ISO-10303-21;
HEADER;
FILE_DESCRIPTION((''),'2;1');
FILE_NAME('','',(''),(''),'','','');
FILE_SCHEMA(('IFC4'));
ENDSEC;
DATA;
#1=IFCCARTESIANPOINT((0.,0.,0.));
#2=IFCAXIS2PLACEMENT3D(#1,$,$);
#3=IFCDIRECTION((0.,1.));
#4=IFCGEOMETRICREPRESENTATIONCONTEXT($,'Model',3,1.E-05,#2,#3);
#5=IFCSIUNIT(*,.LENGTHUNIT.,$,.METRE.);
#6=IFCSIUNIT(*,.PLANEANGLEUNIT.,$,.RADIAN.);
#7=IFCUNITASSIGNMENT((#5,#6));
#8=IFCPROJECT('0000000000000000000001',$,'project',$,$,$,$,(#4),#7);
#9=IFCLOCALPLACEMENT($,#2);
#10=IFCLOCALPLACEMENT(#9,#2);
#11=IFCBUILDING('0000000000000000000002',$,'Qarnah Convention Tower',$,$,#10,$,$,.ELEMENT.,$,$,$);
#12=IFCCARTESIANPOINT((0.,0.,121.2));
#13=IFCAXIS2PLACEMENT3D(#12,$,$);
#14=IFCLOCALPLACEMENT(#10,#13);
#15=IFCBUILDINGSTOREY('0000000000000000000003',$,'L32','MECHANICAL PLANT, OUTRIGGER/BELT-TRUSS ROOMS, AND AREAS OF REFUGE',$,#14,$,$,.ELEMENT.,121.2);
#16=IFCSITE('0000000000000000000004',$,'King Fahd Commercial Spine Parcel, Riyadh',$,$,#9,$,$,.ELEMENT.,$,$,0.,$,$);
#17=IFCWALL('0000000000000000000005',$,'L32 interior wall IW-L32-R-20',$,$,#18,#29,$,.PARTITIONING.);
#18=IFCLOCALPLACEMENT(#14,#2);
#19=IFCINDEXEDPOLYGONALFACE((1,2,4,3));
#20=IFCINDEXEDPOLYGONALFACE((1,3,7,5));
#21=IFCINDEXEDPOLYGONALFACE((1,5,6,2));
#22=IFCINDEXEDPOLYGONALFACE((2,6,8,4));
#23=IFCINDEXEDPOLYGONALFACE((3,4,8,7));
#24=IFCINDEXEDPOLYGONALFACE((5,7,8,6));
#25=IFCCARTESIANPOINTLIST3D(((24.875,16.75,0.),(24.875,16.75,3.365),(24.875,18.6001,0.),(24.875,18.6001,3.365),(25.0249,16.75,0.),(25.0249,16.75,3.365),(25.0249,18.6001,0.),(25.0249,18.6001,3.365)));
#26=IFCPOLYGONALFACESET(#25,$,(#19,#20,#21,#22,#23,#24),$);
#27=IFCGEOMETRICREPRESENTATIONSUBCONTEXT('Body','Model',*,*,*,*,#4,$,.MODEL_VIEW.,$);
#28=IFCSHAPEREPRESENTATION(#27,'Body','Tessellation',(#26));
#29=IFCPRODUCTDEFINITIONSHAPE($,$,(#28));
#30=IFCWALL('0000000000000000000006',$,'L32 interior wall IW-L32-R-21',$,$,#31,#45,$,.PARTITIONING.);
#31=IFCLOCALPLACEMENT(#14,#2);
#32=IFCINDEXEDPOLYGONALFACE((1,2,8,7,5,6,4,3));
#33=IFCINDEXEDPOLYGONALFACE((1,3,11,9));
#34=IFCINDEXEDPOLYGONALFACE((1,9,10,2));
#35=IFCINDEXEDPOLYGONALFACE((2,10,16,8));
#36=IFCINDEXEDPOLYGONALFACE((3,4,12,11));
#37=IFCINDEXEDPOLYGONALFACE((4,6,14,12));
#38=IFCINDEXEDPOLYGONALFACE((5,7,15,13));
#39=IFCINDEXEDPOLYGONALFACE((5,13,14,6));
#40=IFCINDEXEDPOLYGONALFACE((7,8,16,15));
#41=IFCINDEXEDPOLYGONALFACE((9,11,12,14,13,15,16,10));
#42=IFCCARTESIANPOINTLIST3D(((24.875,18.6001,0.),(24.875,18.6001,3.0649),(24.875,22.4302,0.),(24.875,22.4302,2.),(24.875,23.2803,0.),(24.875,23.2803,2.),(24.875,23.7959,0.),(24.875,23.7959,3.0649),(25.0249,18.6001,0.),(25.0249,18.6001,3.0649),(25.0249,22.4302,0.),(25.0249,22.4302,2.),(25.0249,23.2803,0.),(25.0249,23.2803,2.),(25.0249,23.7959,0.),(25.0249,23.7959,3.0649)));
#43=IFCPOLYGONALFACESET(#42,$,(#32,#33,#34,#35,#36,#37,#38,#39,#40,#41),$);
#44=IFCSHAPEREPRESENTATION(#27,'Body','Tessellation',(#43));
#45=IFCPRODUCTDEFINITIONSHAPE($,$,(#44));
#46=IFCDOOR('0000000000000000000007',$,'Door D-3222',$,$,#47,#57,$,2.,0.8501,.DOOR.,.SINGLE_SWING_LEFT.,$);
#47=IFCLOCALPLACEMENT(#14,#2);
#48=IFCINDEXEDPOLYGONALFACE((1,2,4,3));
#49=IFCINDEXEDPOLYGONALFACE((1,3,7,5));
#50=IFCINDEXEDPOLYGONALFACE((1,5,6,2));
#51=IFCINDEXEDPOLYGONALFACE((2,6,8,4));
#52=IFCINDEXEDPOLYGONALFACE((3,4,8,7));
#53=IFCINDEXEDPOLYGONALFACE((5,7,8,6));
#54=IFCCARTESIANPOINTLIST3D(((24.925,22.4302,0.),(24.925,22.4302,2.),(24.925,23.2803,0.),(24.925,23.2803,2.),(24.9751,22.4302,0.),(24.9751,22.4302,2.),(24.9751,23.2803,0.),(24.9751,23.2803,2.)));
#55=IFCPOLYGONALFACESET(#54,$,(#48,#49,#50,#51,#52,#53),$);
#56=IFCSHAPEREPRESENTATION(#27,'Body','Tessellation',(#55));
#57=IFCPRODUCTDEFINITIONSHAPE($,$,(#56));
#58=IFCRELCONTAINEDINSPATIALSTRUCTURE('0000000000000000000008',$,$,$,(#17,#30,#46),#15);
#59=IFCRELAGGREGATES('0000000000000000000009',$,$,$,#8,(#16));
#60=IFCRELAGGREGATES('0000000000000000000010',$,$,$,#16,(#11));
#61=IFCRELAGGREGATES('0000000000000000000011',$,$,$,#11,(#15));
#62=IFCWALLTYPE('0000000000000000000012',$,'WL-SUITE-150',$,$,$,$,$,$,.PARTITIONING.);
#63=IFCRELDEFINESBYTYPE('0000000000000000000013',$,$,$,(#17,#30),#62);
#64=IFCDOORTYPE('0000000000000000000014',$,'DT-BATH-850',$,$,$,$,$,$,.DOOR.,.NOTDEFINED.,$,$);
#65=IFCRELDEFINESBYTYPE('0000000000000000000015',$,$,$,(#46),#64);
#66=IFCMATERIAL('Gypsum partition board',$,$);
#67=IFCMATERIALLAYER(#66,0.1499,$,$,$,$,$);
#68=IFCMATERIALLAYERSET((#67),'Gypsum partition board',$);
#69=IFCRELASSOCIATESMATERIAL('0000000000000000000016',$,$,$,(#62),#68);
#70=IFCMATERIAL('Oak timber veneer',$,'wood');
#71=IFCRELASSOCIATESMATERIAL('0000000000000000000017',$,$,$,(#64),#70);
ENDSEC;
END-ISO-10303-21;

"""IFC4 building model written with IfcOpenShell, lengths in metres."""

from ifc_helpers import new_model, si_unit, direction, frame, frame_2d, origin, place, context, subcontext, project, spatial, rectangle, extrude, material, layer, layer_set, type_object, element, fill, save


model = new_model("IFC4")

# Units and contexts
model_context = context("Model", 3, precision=1e-05, world=origin(), true_north=direction((0.0, 1.0)))
body_context = subcontext(model_context, "Body", "Model", "MODEL_VIEW")
ifc_project = project(units=[si_unit("LENGTHUNIT", "METRE"), si_unit("PLANEANGLEUNIT", "RADIAN")], contexts=[model_context])

# Site, building, storey
site_placement = place(None, origin())
site = spatial("IfcSite", under=ifc_project, at=site_placement, Name="King Fahd Commercial Spine Parcel, Riyadh", CompositionType="ELEMENT", RefElevation=0.0)
building_placement = place(site_placement, origin())
building = spatial("IfcBuilding", under=site, at=building_placement, Name="Qarnah Convention Tower", CompositionType="ELEMENT")
storey_placement = place(building_placement, frame((0.0, 0.0, 121.2)))
storey = spatial("IfcBuildingStorey", under=building, at=storey_placement, Name="L32", Description="MECHANICAL PLANT, OUTRIGGER/BELT-TRUSS ROOMS, AND AREAS OF REFUGE", CompositionType="ELEMENT", Elevation=121.2)

# Shared definitions
ifc_material_1 = material(Name="Gypsum partition board")
ifc_layer_1 = layer(ifc_material_1, 0.1499)
ifc_layer_set_1 = layer_set([ifc_layer_1], Name="Gypsum partition board")
wall_type_1 = type_object("IfcWallType", Name="WL-SUITE-150", PredefinedType="PARTITIONING", material=ifc_layer_set_1)

# Wall
wall_1_placement = place(storey_placement, frame((24.95, 16.75, 0.0), z_axis=(0.0, 0.0, 1.0), x_axis=(0.0, 1.0, 0.0)))
element("IfcWall", 1, at=wall_1_placement, inside=storey, type_object=wall_type_1, Name="L32 interior wall IW-L32-R-20", PredefinedType="PARTITIONING", context=body_context, shape_type="SweptSolid", body=[
    extrude(rectangle(XDim=1.8501, YDim=0.1499, at=frame_2d((0.925, 0.0))), origin(), (0.0, 0.0, 1.0), 3.365),
])

# Wall, opening, door
wall_2_placement = place(storey_placement, frame((24.95, 18.6001, 0.0), z_axis=(0.0, 0.0, 1.0), x_axis=(0.0, 1.0, 0.0)))
wall_2 = element("IfcWall", 2, at=wall_2_placement, inside=storey, type_object=wall_type_1, Name="L32 interior wall IW-L32-R-21", PredefinedType="PARTITIONING", context=body_context, shape_type="SweptSolid", body=[
    extrude(rectangle(XDim=5.1958, YDim=0.1499, at=frame_2d((2.5979, 0.0))), origin(), (0.0, 0.0, 1.0), 3.0649),
])
opening_1_placement = place(wall_2_placement, frame((3.8301, 0.0, 0.0)))
opening_1 = element("IfcOpeningElement", 3, at=opening_1_placement, cuts=wall_2, PredefinedType="OPENING", context=body_context, shape_type="SweptSolid", body=[
    extrude(rectangle(XDim=0.8501, YDim=2.0, at=frame_2d((0.425, 1.0))), frame((0.0, 0.085, 0.0), z_axis=(0.0, -1.0, 0.0), x_axis=(1.0, 0.0, 0.0)), (0.0, 0.0, 1.0), 0.1699),
])
ifc_material_2 = material(Name="Oak timber veneer", Category="wood")
door_type_1 = type_object("IfcDoorType", Name="DT-BATH-850", OperationType="NOTDEFINED", PredefinedType="DOOR", material=ifc_material_2)
door_1_placement = place(opening_1_placement, origin())
door_1 = element("IfcDoor", 4, at=door_1_placement, inside=storey, type_object=door_type_1, Name="Door D-3222", OperationType="SINGLE_SWING_LEFT", OverallHeight=2.0, OverallWidth=0.8501, PredefinedType="DOOR", context=body_context, shape_type="SweptSolid", body=[
    extrude(rectangle(XDim=0.8501, YDim=2.0, at=frame_2d((0.425, 1.0))), frame((0.0, 0.0249, 0.0), z_axis=(0.0, -1.0, 0.0), x_axis=(1.0, 0.0, 0.0)), (0.0, 0.0, 1.0), 0.05),
])
fill(opening_1, door_1)

save(model, "model.ifc")
